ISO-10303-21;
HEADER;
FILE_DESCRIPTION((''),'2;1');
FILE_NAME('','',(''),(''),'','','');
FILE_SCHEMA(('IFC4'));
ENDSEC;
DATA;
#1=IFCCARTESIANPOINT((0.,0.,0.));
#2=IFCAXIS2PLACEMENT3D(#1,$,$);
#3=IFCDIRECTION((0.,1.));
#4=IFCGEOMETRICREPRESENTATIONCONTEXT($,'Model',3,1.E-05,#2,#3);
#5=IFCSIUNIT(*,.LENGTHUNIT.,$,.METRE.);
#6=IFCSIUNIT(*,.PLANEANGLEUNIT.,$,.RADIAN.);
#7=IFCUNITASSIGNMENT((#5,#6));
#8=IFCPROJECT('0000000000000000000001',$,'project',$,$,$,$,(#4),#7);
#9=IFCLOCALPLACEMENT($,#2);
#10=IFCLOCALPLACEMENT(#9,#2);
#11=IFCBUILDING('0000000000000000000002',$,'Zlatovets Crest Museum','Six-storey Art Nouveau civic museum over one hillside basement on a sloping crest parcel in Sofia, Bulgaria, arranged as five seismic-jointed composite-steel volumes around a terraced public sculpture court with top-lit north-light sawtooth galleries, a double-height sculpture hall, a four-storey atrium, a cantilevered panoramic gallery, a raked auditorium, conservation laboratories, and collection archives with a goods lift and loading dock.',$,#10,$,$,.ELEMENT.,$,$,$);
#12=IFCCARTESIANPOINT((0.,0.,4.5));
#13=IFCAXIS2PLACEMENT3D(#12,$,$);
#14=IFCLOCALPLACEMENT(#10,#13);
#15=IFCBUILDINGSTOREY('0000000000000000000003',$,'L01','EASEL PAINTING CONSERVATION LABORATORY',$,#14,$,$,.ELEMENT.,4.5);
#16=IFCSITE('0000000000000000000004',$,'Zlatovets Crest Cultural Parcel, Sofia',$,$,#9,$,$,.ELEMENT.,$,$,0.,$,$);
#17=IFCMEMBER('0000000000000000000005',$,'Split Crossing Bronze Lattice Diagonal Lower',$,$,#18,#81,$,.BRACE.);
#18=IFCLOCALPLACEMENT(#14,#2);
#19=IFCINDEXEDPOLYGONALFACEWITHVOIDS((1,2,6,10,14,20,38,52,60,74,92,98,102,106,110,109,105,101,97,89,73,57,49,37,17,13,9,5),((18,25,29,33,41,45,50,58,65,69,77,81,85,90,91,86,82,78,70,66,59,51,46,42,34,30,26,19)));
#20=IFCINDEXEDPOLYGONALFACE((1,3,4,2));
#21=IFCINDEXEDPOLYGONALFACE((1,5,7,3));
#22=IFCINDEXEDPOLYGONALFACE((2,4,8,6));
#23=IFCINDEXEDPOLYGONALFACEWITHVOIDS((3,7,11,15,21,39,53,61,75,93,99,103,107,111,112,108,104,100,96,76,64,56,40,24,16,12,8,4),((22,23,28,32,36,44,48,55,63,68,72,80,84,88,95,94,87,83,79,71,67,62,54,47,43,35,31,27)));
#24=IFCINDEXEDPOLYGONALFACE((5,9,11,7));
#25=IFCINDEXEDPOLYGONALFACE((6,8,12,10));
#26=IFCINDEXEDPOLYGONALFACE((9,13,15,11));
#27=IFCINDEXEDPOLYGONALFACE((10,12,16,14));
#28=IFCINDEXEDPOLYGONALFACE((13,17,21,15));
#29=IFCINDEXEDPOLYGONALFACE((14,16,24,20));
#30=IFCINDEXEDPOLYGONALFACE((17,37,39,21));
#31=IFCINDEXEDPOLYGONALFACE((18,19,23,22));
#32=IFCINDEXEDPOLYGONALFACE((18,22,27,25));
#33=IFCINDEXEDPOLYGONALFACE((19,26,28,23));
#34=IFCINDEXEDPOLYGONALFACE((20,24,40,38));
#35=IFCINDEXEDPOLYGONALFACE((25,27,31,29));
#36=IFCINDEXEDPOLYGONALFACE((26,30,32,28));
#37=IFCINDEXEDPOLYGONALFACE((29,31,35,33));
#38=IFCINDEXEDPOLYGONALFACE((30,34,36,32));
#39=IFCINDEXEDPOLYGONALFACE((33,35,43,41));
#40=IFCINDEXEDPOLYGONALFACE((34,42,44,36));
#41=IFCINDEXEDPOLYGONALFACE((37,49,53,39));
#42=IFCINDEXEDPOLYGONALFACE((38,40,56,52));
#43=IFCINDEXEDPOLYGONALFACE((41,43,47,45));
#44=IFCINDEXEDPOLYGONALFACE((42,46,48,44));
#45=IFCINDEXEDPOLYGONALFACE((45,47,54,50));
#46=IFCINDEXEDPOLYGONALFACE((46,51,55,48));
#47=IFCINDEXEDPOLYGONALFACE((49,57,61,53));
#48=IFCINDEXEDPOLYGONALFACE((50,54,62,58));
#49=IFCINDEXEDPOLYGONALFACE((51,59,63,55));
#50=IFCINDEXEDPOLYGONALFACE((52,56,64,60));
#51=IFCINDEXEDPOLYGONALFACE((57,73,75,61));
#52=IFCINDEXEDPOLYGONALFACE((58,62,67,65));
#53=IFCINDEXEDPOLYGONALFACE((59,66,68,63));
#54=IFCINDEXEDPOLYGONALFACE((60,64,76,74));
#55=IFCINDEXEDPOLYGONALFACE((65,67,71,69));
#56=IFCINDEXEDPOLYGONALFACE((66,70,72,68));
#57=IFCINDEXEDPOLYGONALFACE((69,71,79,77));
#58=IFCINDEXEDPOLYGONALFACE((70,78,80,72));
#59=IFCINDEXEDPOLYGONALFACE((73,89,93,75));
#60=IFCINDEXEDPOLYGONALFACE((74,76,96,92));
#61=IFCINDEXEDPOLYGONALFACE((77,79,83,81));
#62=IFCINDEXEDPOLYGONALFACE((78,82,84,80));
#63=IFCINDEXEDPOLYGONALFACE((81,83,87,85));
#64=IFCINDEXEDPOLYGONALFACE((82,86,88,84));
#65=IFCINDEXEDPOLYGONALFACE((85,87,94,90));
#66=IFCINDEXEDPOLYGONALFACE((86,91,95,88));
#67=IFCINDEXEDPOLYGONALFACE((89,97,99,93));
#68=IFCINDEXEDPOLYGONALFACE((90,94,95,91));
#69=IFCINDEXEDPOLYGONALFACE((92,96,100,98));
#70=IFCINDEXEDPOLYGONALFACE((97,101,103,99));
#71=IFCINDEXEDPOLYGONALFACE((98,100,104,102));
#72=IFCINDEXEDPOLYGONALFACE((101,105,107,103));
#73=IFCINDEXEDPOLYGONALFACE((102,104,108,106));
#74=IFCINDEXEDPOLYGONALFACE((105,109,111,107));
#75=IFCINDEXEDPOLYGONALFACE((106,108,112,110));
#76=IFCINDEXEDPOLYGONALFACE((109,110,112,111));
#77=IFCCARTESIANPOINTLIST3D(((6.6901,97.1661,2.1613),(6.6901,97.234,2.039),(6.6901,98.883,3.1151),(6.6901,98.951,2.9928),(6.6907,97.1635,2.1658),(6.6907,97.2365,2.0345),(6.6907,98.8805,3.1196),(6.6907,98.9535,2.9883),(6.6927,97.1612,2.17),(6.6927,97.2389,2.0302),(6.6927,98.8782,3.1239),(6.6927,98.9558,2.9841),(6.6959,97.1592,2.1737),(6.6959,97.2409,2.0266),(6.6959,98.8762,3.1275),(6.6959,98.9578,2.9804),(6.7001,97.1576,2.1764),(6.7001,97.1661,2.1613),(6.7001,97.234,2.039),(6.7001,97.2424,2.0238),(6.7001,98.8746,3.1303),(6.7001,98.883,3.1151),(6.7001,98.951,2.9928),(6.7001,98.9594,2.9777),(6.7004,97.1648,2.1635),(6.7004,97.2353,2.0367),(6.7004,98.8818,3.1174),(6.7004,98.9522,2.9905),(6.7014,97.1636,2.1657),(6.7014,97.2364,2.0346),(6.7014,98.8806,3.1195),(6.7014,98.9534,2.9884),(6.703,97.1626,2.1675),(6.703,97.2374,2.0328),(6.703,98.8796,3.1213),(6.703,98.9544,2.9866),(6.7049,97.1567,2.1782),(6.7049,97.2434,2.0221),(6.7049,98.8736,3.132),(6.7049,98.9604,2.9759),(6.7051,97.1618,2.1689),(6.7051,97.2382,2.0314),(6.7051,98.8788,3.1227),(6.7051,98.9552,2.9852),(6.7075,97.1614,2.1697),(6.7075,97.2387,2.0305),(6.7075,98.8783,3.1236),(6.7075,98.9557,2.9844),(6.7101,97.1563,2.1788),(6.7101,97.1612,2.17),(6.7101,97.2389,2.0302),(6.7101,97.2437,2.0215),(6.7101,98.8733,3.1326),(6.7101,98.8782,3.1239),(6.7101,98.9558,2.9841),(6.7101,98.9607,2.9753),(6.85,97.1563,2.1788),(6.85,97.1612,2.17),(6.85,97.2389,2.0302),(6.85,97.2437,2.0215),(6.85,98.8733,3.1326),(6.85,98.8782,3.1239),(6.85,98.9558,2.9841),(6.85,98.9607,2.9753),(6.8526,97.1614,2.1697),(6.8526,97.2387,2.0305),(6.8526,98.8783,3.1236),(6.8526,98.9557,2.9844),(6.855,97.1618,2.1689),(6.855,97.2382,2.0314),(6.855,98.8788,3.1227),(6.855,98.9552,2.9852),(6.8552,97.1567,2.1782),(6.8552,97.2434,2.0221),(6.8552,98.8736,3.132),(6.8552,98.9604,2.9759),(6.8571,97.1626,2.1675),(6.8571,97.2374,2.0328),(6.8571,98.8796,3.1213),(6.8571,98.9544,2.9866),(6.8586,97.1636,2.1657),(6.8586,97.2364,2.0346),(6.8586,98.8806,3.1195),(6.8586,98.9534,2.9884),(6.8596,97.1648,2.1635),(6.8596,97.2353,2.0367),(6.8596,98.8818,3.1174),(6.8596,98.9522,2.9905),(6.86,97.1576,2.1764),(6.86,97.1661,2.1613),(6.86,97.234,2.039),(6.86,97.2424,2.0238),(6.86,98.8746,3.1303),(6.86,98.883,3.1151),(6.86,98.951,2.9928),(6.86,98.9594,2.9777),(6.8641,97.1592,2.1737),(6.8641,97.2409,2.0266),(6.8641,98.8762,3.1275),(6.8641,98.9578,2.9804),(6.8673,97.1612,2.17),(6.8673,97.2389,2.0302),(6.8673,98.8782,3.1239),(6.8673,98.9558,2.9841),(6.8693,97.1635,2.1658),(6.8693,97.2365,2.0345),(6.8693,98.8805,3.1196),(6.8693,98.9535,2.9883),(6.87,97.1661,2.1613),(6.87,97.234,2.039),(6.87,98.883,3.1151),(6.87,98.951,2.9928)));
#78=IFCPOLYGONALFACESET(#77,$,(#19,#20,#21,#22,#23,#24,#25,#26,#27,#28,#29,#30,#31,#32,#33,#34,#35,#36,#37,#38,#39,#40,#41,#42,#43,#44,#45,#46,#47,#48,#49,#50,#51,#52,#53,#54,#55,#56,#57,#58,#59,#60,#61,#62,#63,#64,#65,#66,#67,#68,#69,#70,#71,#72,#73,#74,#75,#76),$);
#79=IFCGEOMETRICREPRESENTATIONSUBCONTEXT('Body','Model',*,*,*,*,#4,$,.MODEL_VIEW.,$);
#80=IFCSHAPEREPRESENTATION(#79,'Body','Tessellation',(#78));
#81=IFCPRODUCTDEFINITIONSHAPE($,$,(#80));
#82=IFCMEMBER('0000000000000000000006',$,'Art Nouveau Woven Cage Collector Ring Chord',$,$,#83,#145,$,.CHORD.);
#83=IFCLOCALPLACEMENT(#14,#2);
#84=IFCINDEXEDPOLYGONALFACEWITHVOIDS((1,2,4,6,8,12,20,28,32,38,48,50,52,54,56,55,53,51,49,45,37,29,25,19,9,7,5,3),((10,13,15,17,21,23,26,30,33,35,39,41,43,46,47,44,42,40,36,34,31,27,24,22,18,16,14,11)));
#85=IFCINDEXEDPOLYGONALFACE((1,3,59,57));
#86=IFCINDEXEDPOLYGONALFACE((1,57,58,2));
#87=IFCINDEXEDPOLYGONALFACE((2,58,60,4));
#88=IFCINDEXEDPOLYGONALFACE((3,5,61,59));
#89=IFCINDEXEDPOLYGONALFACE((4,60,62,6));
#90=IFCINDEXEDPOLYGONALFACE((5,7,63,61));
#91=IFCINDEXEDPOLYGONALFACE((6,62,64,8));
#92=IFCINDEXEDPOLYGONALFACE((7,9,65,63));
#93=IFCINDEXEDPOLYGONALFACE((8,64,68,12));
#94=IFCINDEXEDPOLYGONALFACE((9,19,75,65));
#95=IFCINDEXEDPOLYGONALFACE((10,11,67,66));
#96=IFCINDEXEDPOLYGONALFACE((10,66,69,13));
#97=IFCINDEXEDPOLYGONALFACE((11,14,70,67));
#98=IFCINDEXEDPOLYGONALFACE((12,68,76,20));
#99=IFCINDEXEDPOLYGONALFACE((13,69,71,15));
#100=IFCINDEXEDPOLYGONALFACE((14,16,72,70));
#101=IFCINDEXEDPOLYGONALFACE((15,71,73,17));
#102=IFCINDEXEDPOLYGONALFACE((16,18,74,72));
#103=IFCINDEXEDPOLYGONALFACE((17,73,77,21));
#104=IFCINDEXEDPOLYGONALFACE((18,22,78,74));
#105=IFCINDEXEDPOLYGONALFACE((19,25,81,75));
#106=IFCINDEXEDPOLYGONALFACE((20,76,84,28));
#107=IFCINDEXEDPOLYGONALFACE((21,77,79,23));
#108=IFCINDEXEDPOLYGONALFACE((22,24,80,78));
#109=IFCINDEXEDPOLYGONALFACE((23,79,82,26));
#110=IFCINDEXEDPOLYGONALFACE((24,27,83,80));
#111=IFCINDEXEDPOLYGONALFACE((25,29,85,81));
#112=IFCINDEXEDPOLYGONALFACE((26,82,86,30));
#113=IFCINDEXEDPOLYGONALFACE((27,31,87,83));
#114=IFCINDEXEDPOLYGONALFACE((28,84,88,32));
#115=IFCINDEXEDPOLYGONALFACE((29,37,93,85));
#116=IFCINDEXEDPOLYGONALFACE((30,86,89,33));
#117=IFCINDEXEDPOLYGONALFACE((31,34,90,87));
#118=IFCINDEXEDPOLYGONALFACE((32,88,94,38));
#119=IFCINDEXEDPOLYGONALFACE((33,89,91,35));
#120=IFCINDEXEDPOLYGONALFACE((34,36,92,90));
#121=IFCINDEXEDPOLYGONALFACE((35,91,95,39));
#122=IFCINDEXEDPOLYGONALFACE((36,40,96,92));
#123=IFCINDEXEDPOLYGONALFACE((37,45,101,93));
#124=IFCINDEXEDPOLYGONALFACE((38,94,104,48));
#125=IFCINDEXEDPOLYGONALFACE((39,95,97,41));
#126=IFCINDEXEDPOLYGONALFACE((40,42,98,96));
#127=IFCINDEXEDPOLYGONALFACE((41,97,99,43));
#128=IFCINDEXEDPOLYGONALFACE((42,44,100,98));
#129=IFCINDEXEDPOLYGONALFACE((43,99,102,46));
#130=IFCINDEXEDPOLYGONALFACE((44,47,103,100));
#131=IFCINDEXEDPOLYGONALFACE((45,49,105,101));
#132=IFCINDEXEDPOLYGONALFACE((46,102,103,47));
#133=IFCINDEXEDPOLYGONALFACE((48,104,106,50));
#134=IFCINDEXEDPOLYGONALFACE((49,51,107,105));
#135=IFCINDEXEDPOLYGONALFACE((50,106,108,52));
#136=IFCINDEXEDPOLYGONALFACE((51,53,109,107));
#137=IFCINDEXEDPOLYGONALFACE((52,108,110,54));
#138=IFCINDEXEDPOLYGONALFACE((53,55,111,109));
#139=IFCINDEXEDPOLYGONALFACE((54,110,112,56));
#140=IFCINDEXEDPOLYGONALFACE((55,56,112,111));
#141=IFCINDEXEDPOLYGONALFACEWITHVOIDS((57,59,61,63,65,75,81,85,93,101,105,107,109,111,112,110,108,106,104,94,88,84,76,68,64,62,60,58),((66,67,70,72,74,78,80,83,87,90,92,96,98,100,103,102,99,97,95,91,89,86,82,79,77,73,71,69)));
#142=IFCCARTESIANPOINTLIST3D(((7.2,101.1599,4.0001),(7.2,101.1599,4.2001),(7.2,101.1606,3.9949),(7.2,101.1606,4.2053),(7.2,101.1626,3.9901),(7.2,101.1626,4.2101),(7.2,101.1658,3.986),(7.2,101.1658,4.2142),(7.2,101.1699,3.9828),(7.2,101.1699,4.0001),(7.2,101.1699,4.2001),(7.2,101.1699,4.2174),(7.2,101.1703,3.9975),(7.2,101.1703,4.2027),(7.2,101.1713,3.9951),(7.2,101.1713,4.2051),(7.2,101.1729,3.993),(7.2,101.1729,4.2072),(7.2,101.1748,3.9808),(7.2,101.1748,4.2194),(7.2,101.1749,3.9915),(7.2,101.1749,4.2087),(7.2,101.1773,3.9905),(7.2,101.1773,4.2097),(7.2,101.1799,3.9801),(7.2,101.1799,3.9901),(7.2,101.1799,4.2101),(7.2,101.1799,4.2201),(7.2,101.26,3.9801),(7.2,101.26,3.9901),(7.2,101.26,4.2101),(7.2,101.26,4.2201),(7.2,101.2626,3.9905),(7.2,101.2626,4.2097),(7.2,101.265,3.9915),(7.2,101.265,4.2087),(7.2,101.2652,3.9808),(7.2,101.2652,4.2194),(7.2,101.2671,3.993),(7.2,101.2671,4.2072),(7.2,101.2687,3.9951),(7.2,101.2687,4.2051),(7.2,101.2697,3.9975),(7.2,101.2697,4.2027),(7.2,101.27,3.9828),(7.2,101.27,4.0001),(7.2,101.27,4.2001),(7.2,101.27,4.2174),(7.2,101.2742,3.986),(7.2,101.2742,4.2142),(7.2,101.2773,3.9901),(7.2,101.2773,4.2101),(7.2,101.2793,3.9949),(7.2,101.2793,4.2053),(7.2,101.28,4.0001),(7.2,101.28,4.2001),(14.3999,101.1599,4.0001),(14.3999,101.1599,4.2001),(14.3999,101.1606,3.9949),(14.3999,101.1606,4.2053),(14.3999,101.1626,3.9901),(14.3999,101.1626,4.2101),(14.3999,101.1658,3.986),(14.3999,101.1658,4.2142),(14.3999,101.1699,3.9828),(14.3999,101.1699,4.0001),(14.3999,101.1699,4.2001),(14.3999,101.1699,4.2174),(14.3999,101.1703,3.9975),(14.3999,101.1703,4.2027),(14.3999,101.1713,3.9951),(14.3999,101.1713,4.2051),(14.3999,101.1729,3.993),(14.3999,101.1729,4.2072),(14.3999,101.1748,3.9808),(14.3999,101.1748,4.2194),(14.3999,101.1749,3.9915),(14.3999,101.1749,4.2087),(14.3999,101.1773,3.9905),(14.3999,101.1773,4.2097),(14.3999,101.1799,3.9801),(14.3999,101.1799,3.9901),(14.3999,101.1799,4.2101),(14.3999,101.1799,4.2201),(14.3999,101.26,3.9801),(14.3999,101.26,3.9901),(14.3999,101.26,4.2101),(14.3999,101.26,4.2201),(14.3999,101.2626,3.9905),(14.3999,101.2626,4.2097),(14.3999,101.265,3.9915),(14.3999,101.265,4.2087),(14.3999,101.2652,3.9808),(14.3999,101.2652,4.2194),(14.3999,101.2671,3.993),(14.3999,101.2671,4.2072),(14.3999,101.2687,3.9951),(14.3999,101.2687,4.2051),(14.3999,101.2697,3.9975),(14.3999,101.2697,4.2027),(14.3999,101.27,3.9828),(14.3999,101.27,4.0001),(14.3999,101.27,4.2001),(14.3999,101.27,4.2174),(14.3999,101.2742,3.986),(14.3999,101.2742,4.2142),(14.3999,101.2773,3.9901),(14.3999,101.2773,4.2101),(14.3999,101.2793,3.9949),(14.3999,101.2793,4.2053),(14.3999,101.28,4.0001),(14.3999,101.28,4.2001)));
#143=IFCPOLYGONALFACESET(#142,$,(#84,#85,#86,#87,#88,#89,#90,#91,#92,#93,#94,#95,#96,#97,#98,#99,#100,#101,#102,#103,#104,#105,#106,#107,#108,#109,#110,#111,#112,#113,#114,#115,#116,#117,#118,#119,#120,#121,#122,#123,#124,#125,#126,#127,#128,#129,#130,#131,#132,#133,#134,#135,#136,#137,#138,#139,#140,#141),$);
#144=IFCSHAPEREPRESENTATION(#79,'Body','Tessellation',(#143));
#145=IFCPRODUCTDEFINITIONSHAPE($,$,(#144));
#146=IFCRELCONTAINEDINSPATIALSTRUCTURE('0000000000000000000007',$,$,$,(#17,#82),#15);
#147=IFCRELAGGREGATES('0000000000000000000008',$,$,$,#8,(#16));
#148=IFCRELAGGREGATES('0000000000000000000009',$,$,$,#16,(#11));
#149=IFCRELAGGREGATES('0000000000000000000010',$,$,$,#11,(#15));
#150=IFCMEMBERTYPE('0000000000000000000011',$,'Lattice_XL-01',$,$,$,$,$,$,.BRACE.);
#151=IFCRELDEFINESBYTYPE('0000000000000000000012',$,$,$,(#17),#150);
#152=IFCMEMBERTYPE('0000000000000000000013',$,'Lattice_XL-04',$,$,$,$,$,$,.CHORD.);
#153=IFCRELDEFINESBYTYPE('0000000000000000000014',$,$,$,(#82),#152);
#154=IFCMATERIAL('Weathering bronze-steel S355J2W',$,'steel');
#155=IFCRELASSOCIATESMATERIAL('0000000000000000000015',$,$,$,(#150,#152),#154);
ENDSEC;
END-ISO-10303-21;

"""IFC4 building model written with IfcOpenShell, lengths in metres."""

from ifc_helpers import new_model, si_unit, direction, frame, origin, origin_2d, place, context, subcontext, project, spatial, hollow_rectangle, extrude, material, material_profile, profile_set, type_object, element, save


model = new_model("IFC4")

# Units and contexts
model_context = context("Model", 3, precision=1e-05, world=origin(), true_north=direction((0.0, 1.0)))
body_context = subcontext(model_context, "Body", "Model", "MODEL_VIEW")
ifc_project = project(units=[si_unit("LENGTHUNIT", "METRE"), si_unit("PLANEANGLEUNIT", "RADIAN")], contexts=[model_context])

# Site, building, storey
site_placement = place(None, origin())
site = spatial("IfcSite", under=ifc_project, at=site_placement, Name="Zlatovets Crest Cultural Parcel, Sofia", CompositionType="ELEMENT", RefElevation=0.0)
building_placement = place(site_placement, origin())
building = spatial("IfcBuilding", under=site, at=building_placement, Name="Zlatovets Crest Museum", Description="Six-storey Art Nouveau civic museum over one hillside basement on a sloping crest parcel in Sofia, Bulgaria, arranged as five seismic-jointed composite-steel volumes around a terraced public sculpture court with top-lit north-light sawtooth galleries, a double-height sculpture hall, a four-storey atrium, a cantilevered panoramic gallery, a raked auditorium, conservation laboratories, and collection archives with a goods lift and loading dock.", CompositionType="ELEMENT")
storey_placement = place(building_placement, frame((0.0, 0.0, 4.5)))
storey = spatial("IfcBuildingStorey", under=building, at=storey_placement, Name="L01", Description="EASEL PAINTING CONSERVATION LABORATORY", CompositionType="ELEMENT", Elevation=4.5)

# Members
ifc_material_1 = material(Name="Weathering bronze-steel S355J2W", Category="steel")
ifc_material_profile_1 = material_profile(ifc_material_1, hollow_rectangle(XDim=0.1799, YDim=0.1799, WallThickness=0.01, InnerFilletRadius=0.01, OuterFilletRadius=0.02, at=origin_2d()), Name="SHS 180x180x10.0")
ifc_profile_set_1 = profile_set([ifc_material_profile_1], Name="Weathering bronze-steel S355J2W")
member_type_1 = type_object("IfcMemberType", Name="Lattice_XL-01", PredefinedType="BRACE", material=ifc_profile_set_1)
member_1_placement = place(storey_placement, frame((6.78, 98.917, 3.054), z_axis=(0.0, -0.874169, -0.485622), x_axis=(1.0, 0.0, 0.0)))
element("IfcMember", 1, at=member_1_placement, inside=storey, type_object=member_type_1, Name="Split Crossing Bronze Lattice Diagonal Lower", PredefinedType="BRACE", context=body_context, shape_type="SweptSolid", body=[
    extrude(hollow_rectangle(XDim=0.1799, YDim=0.1799, WallThickness=0.01, InnerFilletRadius=0.01, OuterFilletRadius=0.02, at=origin_2d()), origin(), (0.0, 0.0, 1.0), 1.9641),
])
ifc_material_profile_2 = material_profile(ifc_material_1, hollow_rectangle(XDim=0.1201, YDim=0.24, WallThickness=0.01, InnerFilletRadius=0.01, OuterFilletRadius=0.02, at=origin_2d()), Name="RHS 120x240x10.0")
ifc_profile_set_2 = profile_set([ifc_material_profile_2], Name="Weathering bronze-steel S355J2W")
member_type_2 = type_object("IfcMemberType", Name="Lattice_XL-04", PredefinedType="CHORD", material=ifc_profile_set_2)
for number, where, z_axis, x_axis, name in (
    (2, (14.3999, 101.22, 4.1001), (-1.0, 0.0, 0.0), (0.0, -1.0, 0.0), "Art Nouveau Woven Cage Collector Ring Chord"),
):
    element("IfcMember", number, at=place(storey_placement, frame(where, z_axis=z_axis, x_axis=x_axis)), inside=storey, type_object=member_type_2, Name=name, PredefinedType="CHORD", context=body_context, shape_type="SweptSolid", body=[
        extrude(hollow_rectangle(XDim=0.1201, YDim=0.24, WallThickness=0.01, InnerFilletRadius=0.01, OuterFilletRadius=0.02, at=origin_2d()), origin(), (0.0, 0.0, 1.0), 7.2),
    ])

save(model, "model.ifc")
